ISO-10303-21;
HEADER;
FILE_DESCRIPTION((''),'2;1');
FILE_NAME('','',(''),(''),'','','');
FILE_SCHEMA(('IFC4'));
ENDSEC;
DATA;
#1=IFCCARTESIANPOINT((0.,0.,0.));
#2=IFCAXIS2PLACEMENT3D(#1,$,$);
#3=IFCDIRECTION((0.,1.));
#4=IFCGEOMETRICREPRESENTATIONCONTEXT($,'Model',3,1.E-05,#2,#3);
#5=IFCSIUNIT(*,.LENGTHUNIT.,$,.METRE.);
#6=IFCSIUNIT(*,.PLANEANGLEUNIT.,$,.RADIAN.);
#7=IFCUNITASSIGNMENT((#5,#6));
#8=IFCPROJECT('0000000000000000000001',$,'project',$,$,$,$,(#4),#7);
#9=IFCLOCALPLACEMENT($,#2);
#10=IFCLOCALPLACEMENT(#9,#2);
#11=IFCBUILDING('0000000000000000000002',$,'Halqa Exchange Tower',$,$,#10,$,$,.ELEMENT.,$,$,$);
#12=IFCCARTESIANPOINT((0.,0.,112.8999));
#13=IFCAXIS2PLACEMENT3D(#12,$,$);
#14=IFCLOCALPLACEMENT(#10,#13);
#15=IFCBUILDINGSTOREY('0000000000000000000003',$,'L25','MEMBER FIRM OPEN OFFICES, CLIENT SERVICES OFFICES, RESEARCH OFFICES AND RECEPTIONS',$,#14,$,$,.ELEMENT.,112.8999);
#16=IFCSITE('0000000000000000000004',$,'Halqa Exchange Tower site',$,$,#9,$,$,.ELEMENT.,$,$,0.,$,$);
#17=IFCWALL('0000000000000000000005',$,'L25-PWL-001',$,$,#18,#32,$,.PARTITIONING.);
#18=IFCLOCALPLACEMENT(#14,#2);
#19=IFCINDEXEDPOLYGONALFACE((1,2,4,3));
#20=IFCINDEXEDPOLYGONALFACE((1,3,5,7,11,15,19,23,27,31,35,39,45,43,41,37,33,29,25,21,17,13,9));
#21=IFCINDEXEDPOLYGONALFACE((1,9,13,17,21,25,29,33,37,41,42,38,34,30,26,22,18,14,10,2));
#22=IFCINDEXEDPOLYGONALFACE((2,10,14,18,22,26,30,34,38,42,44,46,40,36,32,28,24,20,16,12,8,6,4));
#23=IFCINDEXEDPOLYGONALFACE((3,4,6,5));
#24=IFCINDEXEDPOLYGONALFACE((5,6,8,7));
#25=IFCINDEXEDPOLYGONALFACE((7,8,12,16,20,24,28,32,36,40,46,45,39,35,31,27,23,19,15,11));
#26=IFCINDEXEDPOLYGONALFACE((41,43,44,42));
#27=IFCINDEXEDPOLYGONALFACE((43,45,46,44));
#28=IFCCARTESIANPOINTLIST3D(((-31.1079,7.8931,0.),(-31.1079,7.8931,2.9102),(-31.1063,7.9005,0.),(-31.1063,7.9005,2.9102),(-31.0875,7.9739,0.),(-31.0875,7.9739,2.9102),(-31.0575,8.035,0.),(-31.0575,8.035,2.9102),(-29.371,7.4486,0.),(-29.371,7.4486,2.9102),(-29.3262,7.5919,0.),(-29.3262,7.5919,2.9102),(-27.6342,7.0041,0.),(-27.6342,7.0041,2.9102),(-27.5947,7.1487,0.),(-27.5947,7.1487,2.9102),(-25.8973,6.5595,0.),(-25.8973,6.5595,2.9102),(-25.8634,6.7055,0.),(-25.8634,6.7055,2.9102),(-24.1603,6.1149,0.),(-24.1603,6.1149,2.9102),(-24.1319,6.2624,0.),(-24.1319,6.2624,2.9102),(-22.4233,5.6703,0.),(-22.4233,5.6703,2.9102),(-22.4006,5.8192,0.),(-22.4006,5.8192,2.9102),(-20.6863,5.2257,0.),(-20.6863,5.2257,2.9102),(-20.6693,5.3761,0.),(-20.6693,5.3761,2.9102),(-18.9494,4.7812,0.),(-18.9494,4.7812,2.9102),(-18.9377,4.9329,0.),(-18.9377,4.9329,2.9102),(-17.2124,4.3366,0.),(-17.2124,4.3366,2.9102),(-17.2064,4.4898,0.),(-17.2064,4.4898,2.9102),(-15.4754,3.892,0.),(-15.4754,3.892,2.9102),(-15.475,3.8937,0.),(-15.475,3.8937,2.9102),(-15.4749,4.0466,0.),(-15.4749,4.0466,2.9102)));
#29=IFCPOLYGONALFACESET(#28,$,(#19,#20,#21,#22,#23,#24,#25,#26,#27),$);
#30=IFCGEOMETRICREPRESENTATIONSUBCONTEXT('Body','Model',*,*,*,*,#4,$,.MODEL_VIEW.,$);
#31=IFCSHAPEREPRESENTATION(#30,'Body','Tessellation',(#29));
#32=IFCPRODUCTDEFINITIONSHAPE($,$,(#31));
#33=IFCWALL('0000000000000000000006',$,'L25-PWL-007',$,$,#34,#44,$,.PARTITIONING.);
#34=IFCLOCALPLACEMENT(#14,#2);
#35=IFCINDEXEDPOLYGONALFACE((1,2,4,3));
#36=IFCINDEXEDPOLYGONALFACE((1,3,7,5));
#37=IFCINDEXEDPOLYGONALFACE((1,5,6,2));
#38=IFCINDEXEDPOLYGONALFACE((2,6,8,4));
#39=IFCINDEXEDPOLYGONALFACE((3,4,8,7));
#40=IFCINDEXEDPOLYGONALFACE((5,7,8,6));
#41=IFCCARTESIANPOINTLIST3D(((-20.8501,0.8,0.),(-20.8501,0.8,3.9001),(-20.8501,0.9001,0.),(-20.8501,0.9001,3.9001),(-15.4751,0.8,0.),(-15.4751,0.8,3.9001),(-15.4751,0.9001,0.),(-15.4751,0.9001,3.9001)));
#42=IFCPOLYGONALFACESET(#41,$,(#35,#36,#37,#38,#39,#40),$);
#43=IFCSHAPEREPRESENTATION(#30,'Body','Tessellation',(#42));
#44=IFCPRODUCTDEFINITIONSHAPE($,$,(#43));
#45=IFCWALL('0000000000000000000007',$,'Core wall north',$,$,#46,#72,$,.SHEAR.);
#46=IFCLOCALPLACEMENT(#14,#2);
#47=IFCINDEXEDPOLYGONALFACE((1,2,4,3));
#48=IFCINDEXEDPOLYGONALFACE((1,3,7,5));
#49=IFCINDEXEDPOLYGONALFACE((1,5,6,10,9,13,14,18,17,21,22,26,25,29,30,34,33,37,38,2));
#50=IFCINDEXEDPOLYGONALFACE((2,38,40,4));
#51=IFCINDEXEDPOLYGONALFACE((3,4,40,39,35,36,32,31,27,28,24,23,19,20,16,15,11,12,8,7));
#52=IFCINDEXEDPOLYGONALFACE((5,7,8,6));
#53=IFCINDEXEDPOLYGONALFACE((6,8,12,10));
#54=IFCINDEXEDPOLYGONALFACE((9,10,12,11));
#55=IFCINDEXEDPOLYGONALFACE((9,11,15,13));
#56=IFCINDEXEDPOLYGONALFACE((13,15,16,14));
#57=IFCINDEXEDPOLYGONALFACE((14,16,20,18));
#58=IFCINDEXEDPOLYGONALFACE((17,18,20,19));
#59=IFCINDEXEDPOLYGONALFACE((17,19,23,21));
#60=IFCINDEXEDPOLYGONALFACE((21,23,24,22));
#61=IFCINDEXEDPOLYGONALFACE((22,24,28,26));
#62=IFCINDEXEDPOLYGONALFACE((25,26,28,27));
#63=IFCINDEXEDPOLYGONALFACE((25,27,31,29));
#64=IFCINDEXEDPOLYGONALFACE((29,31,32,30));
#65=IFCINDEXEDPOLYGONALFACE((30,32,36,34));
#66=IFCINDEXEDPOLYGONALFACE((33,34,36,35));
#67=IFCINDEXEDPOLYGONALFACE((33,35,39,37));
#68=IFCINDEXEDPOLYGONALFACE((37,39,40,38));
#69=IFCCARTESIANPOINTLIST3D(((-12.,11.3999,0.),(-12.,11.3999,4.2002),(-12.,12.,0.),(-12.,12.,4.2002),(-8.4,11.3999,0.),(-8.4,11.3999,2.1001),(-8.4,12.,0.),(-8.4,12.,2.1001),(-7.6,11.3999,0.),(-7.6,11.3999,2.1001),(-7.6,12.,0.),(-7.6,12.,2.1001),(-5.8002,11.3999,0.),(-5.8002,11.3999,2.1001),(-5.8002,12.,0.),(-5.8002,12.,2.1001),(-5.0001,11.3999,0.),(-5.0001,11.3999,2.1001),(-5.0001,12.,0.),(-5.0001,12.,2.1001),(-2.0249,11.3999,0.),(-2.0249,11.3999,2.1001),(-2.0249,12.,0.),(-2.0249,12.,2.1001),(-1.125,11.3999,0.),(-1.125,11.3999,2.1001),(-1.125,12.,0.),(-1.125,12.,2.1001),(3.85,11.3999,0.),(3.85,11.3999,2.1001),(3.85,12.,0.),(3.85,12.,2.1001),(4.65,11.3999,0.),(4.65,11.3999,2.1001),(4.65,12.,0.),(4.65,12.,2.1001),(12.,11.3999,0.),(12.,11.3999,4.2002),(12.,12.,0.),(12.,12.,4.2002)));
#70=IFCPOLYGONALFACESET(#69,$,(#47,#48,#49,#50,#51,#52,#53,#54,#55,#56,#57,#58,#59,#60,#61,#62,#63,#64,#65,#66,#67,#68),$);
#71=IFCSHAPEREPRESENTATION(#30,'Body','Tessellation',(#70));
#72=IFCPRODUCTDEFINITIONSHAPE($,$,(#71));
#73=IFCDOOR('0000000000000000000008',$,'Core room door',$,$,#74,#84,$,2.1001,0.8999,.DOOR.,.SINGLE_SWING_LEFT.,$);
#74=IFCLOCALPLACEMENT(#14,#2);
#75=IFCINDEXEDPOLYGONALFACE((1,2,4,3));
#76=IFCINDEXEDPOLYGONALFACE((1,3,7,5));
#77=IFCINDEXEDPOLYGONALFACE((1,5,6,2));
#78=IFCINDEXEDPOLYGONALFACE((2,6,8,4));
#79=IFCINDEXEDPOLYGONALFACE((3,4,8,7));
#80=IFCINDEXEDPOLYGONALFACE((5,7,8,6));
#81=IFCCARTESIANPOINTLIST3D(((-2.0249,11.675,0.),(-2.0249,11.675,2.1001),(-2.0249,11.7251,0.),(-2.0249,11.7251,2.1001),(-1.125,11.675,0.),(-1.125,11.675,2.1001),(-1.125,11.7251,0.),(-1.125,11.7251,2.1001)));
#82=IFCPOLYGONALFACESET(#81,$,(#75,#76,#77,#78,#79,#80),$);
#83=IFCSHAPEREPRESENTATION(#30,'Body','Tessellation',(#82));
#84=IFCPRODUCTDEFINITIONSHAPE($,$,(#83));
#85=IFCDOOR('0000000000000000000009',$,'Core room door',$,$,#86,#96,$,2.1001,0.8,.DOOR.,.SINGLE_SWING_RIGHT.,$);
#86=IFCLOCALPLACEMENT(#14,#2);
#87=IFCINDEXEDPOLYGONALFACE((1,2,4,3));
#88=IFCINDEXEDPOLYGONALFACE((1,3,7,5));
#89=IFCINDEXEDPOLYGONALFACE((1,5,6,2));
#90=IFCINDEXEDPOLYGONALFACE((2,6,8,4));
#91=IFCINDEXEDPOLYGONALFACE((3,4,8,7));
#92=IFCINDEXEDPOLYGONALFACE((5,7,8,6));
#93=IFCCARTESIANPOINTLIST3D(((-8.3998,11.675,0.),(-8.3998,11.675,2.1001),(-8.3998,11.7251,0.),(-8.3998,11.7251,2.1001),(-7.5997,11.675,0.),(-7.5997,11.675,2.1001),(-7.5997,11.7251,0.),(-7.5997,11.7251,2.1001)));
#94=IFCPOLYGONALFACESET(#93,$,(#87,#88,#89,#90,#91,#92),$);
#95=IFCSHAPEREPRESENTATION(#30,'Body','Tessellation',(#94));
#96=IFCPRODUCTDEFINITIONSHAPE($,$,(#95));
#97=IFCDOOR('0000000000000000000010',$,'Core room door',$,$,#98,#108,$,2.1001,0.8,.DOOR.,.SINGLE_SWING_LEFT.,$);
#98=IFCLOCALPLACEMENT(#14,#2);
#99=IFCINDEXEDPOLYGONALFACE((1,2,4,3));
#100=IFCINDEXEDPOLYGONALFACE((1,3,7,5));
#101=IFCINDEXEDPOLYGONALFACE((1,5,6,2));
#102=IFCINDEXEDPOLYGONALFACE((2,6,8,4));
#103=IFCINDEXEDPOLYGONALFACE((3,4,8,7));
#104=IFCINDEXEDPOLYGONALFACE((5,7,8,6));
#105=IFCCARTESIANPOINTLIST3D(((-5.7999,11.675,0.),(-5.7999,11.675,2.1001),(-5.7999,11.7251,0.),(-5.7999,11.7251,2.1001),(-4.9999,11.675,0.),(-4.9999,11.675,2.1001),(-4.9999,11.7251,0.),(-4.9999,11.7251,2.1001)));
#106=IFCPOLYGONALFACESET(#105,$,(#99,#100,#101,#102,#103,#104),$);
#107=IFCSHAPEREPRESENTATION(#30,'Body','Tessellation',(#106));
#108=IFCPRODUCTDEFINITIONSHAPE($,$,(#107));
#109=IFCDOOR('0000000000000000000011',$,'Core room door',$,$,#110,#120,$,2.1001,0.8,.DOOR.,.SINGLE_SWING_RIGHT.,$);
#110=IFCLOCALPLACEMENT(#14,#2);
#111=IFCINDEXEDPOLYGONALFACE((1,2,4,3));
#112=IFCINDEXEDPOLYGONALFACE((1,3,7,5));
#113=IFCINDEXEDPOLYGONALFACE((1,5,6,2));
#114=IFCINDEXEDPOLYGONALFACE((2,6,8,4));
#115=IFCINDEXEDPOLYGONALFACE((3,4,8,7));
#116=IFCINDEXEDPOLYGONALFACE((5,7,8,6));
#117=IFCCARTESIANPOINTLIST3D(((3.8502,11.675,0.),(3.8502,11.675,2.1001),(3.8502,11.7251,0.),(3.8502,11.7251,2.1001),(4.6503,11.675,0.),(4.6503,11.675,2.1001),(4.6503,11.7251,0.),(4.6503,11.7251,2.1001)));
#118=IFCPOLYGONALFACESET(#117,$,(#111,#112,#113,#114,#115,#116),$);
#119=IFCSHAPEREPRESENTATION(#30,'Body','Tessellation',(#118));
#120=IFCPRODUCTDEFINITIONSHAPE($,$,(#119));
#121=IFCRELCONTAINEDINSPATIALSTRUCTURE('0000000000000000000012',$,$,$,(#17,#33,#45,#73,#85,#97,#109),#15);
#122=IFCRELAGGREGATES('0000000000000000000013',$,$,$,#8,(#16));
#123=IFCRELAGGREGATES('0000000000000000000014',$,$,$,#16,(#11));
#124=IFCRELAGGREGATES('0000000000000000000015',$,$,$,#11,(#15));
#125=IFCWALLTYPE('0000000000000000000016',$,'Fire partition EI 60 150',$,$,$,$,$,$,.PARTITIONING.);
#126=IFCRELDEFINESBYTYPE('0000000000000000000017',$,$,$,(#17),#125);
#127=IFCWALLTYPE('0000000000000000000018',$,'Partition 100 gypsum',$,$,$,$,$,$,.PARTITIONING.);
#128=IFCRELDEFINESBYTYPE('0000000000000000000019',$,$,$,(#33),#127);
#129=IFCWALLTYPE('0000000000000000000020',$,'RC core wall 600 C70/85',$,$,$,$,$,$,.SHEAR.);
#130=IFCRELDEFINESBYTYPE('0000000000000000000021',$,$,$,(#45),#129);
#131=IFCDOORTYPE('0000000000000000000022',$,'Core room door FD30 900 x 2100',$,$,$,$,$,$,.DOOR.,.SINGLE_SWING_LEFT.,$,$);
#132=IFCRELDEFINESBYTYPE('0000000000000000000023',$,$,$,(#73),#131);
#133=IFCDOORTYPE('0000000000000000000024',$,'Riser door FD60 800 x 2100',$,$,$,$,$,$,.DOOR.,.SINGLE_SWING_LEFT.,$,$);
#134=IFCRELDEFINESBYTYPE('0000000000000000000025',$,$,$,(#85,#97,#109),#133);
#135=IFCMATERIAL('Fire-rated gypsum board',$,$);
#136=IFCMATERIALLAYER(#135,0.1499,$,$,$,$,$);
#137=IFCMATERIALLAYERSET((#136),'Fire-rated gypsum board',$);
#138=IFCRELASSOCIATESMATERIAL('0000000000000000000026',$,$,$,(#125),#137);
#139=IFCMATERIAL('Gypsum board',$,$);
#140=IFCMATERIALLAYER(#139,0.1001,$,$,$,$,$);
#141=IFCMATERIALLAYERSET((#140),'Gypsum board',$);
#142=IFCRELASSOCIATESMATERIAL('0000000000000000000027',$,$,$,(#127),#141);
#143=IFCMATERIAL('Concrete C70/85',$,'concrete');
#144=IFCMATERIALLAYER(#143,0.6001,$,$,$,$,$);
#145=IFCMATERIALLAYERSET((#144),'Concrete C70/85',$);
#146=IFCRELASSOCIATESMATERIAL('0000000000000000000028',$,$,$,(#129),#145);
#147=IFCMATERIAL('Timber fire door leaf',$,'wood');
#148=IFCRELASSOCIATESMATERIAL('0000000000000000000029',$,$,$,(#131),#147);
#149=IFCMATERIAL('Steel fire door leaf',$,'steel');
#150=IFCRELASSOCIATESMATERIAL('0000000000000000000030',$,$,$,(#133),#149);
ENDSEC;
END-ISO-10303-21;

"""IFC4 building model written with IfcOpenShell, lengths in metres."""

from ifc_helpers import new_model, si_unit, direction, frame, frame_2d, origin, place, context, subcontext, project, spatial, polyline, rectangle, outline, extrude, material, layer, layer_set, type_object, element, fill, save


model = new_model("IFC4")

# Units and contexts
model_context = context("Model", 3, precision=1e-05, world=origin(), true_north=direction((0.0, 1.0)))
body_context = subcontext(model_context, "Body", "Model", "MODEL_VIEW")
ifc_project = project(units=[si_unit("LENGTHUNIT", "METRE"), si_unit("PLANEANGLEUNIT", "RADIAN")], contexts=[model_context])

# Site, building, storey
site_placement = place(None, origin())
site = spatial("IfcSite", under=ifc_project, at=site_placement, Name="Halqa Exchange Tower site", CompositionType="ELEMENT", RefElevation=0.0)
building_placement = place(site_placement, origin())
building = spatial("IfcBuilding", under=site, at=building_placement, Name="Halqa Exchange Tower", CompositionType="ELEMENT")
storey_placement = place(building_placement, frame((0.0, 0.0, 112.8999)))
storey = spatial("IfcBuildingStorey", under=building, at=storey_placement, Name="L25", Description="MEMBER FIRM OPEN OFFICES, CLIENT SERVICES OFFICES, RESEARCH OFFICES AND RECEPTIONS", CompositionType="ELEMENT", Elevation=112.8999)

# Shared definitions
ifc_material_1 = material(Name="Concrete C70/85", Category="concrete")

# Wall
ifc_material_2 = material(Name="Fire-rated gypsum board")
ifc_layer_1 = layer(ifc_material_2, 0.1499)
ifc_layer_set_1 = layer_set([ifc_layer_1], Name="Fire-rated gypsum board")
wall_type_1 = type_object("IfcWallType", Name="Fire partition EI 60 150", PredefinedType="PARTITIONING", material=ifc_layer_set_1)
wall_1_placement = place(storey_placement, frame((-31.0896, 7.9658, 0.0), z_axis=(0.0, 0.0, 1.0), x_axis=(0.968771, -0.247957, 0.0)))
element("IfcWall", 1, at=wall_1_placement, inside=storey, type_object=wall_type_1, Name="L25-PWL-001", PredefinedType="PARTITIONING", context=body_context, shape_type="SweptSolid", body=[
    extrude(outline(polyline([(16.1367, -0.075), (16.1367, -0.0732), (16.0989, 0.075), (14.3115, 0.075), (12.5244, 0.075), (10.7371, 0.075), (8.95, 0.075), (7.1628, 0.075), (5.3755, 0.075), (3.5884, 0.075), (1.801, 0.075), (0.0139, 0.075), (0.0, 0.0083), (0.0, -0.0674), (0.0002, -0.075), (1.7932, -0.075), (3.5859, -0.075), (5.3789, -0.075), (7.1719, -0.075), (8.9648, -0.075), (10.7578, -0.075), (12.5508, -0.075), (14.3438, -0.075), (16.1367, -0.075)])), origin(), (0.0, 0.0, 1.0), 2.9102),
])

# Shared definitions
ifc_material_3 = material(Name="Gypsum board")
ifc_layer_2 = layer(ifc_material_3, 0.1001)
ifc_layer_set_2 = layer_set([ifc_layer_2], Name="Gypsum board")
wall_type_2 = type_object("IfcWallType", Name="Partition 100 gypsum", PredefinedType="PARTITIONING", material=ifc_layer_set_2)

# Wall
wall_2_placement = place(storey_placement, frame((-20.8501, 0.8501, 0.0), z_axis=(0.0, 0.0, 1.0), x_axis=(1.0, 0.0, 0.0)))
element("IfcWall", 2, at=wall_2_placement, inside=storey, type_object=wall_type_2, Name="L25-PWL-007", PredefinedType="PARTITIONING", context=body_context, shape_type="SweptSolid", body=[
    extrude(rectangle(XDim=5.375, YDim=0.1001, at=frame_2d((2.6875, 0.0))), origin(), (0.0, 0.0, 1.0), 3.9001),
])

# Wall, openings, doors
ifc_layer_3 = layer(ifc_material_1, 0.6001)
ifc_layer_set_3 = layer_set([ifc_layer_3], Name="Concrete C70/85")
wall_type_3 = type_object("IfcWallType", Name="RC core wall 600 C70/85", PredefinedType="SHEAR", material=ifc_layer_set_3)
wall_3_placement = place(storey_placement, frame((-12.0, 11.7, 0.0), z_axis=(0.0, 0.0, 1.0), x_axis=(1.0, 0.0, 0.0)))
wall_3 = element("IfcWall", 3, at=wall_3_placement, inside=storey, type_object=wall_type_3, Name="Core wall north", PredefinedType="SHEAR", context=body_context, shape_type="SweptSolid", body=[
    extrude(rectangle(XDim=24.0, YDim=0.6001, at=frame_2d((12.0, 0.0))), origin(), (0.0, 0.0, 1.0), 4.2002),
])
opening_1_placement = place(wall_3_placement, frame((9.9751, 0.0, 0.0)))
opening_1 = element("IfcOpeningElement", 4, at=opening_1_placement, cuts=wall_3, PredefinedType="OPENING", context=body_context, shape_type="SweptSolid", body=[
    extrude(rectangle(XDim=0.8999, YDim=2.1001, at=frame_2d((0.45, 1.05))), frame((0.0, 0.312, 0.0), z_axis=(0.0, -1.0, 0.0), x_axis=(1.0, 0.0, 0.0)), (0.0, 0.0, 1.0), 0.624),
])
opening_2_placement = place(wall_3_placement, frame((3.6001, 0.0, 0.0)))
opening_2 = element("IfcOpeningElement", 5, at=opening_2_placement, cuts=wall_3, PredefinedType="OPENING", context=body_context, shape_type="SweptSolid", body=[
    extrude(rectangle(XDim=0.8, YDim=2.1001, at=frame_2d((0.3999, 1.05))), frame((0.0, 0.312, 0.0), z_axis=(0.0, -1.0, 0.0), x_axis=(1.0, 0.0, 0.0)), (0.0, 0.0, 1.0), 0.624),
])
opening_3_placement = place(wall_3_placement, frame((6.2, 0.0, 0.0)))
opening_3 = element("IfcOpeningElement", 6, at=opening_3_placement, cuts=wall_3, PredefinedType="OPENING", context=body_context, shape_type="SweptSolid", body=[
    extrude(rectangle(XDim=0.8, YDim=2.1001, at=frame_2d((0.3999, 1.05))), frame((0.0, 0.312, 0.0), z_axis=(0.0, -1.0, 0.0), x_axis=(1.0, 0.0, 0.0)), (0.0, 0.0, 1.0), 0.624),
])
opening_4_placement = place(wall_3_placement, frame((15.8501, 0.0, 0.0)))
opening_4 = element("IfcOpeningElement", 7, at=opening_4_placement, cuts=wall_3, PredefinedType="OPENING", context=body_context, shape_type="SweptSolid", body=[
    extrude(rectangle(XDim=0.8, YDim=2.1001, at=frame_2d((0.3999, 1.05))), frame((0.0, 0.312, 0.0), z_axis=(0.0, -1.0, 0.0), x_axis=(1.0, 0.0, 0.0)), (0.0, 0.0, 1.0), 0.624),
])
ifc_material_4 = material(Name="Timber fire door leaf", Category="wood")
door_type_1 = type_object("IfcDoorType", Name="Core room door FD30 900 x 2100", OperationType="SINGLE_SWING_LEFT", PredefinedType="DOOR", material=ifc_material_4)
door_1_placement = place(opening_1_placement, frame((0.8999, 0.0, 0.0), z_axis=(0.0, 0.0, 1.0), x_axis=(-1.0, 0.0, 0.0)))
door_1 = element("IfcDoor", 8, at=door_1_placement, inside=storey, type_object=door_type_1, Name="Core room door", OperationType="SINGLE_SWING_LEFT", OverallHeight=2.1001, OverallWidth=0.8999, PredefinedType="DOOR", context=body_context, shape_type="SweptSolid", body=[
    extrude(rectangle(XDim=0.8999, YDim=2.1001, at=frame_2d((0.45, 1.05))), frame((0.0, 0.0249, 0.0), z_axis=(0.0, -1.0, 0.0), x_axis=(1.0, 0.0, 0.0)), (0.0, 0.0, 1.0), 0.05),
])
fill(opening_1, door_1)
ifc_material_5 = material(Name="Steel fire door leaf", Category="steel")
door_type_2 = type_object("IfcDoorType", Name="Riser door FD60 800 x 2100", OperationType="SINGLE_SWING_LEFT", PredefinedType="DOOR", material=ifc_material_5)
door_2_placement = place(opening_2_placement, frame((0.8, 0.0, 0.0), z_axis=(0.0, 0.0, 1.0), x_axis=(-1.0, 0.0, 0.0)))
door_2 = element("IfcDoor", 9, at=door_2_placement, inside=storey, type_object=door_type_2, Name="Core room door", OperationType="SINGLE_SWING_RIGHT", OverallHeight=2.1001, OverallWidth=0.8, PredefinedType="DOOR", context=body_context, shape_type="SweptSolid", body=[
    extrude(rectangle(XDim=0.8, YDim=2.1001, at=frame_2d((0.3999, 1.05))), frame((0.0, 0.0249, 0.0), z_axis=(0.0, -1.0, 0.0), x_axis=(1.0, 0.0, 0.0)), (0.0, 0.0, 1.0), 0.05),
])
fill(opening_2, door_2)
door_3_placement = place(opening_3_placement, frame((0.8, 0.0, 0.0), z_axis=(0.0, 0.0, 1.0), x_axis=(-1.0, 0.0, 0.0)))
door_3 = element("IfcDoor", 10, at=door_3_placement, inside=storey, type_object=door_type_2, Name="Core room door", OperationType="SINGLE_SWING_LEFT", OverallHeight=2.1001, OverallWidth=0.8, PredefinedType="DOOR", context=body_context, shape_type="SweptSolid", body=[
    extrude(rectangle(XDim=0.8, YDim=2.1001, at=frame_2d((0.3999, 1.05))), frame((0.0, 0.0249, 0.0), z_axis=(0.0, -1.0, 0.0), x_axis=(1.0, 0.0, 0.0)), (0.0, 0.0, 1.0), 0.05),
])
fill(opening_3, door_3)
door_4_placement = place(opening_4_placement, frame((0.8, 0.0, 0.0), z_axis=(0.0, 0.0, 1.0), x_axis=(-1.0, 0.0, 0.0)))
door_4 = element("IfcDoor", 11, at=door_4_placement, inside=storey, type_object=door_type_2, Name="Core room door", OperationType="SINGLE_SWING_RIGHT", OverallHeight=2.1001, OverallWidth=0.8, PredefinedType="DOOR", context=body_context, shape_type="SweptSolid", body=[
    extrude(rectangle(XDim=0.8, YDim=2.1001, at=frame_2d((0.3999, 1.05))), frame((0.0, 0.0249, 0.0), z_axis=(0.0, -1.0, 0.0), x_axis=(1.0, 0.0, 0.0)), (0.0, 0.0, 1.0), 0.05),
])
fill(opening_4, door_4)

save(model, "model.ifc")
